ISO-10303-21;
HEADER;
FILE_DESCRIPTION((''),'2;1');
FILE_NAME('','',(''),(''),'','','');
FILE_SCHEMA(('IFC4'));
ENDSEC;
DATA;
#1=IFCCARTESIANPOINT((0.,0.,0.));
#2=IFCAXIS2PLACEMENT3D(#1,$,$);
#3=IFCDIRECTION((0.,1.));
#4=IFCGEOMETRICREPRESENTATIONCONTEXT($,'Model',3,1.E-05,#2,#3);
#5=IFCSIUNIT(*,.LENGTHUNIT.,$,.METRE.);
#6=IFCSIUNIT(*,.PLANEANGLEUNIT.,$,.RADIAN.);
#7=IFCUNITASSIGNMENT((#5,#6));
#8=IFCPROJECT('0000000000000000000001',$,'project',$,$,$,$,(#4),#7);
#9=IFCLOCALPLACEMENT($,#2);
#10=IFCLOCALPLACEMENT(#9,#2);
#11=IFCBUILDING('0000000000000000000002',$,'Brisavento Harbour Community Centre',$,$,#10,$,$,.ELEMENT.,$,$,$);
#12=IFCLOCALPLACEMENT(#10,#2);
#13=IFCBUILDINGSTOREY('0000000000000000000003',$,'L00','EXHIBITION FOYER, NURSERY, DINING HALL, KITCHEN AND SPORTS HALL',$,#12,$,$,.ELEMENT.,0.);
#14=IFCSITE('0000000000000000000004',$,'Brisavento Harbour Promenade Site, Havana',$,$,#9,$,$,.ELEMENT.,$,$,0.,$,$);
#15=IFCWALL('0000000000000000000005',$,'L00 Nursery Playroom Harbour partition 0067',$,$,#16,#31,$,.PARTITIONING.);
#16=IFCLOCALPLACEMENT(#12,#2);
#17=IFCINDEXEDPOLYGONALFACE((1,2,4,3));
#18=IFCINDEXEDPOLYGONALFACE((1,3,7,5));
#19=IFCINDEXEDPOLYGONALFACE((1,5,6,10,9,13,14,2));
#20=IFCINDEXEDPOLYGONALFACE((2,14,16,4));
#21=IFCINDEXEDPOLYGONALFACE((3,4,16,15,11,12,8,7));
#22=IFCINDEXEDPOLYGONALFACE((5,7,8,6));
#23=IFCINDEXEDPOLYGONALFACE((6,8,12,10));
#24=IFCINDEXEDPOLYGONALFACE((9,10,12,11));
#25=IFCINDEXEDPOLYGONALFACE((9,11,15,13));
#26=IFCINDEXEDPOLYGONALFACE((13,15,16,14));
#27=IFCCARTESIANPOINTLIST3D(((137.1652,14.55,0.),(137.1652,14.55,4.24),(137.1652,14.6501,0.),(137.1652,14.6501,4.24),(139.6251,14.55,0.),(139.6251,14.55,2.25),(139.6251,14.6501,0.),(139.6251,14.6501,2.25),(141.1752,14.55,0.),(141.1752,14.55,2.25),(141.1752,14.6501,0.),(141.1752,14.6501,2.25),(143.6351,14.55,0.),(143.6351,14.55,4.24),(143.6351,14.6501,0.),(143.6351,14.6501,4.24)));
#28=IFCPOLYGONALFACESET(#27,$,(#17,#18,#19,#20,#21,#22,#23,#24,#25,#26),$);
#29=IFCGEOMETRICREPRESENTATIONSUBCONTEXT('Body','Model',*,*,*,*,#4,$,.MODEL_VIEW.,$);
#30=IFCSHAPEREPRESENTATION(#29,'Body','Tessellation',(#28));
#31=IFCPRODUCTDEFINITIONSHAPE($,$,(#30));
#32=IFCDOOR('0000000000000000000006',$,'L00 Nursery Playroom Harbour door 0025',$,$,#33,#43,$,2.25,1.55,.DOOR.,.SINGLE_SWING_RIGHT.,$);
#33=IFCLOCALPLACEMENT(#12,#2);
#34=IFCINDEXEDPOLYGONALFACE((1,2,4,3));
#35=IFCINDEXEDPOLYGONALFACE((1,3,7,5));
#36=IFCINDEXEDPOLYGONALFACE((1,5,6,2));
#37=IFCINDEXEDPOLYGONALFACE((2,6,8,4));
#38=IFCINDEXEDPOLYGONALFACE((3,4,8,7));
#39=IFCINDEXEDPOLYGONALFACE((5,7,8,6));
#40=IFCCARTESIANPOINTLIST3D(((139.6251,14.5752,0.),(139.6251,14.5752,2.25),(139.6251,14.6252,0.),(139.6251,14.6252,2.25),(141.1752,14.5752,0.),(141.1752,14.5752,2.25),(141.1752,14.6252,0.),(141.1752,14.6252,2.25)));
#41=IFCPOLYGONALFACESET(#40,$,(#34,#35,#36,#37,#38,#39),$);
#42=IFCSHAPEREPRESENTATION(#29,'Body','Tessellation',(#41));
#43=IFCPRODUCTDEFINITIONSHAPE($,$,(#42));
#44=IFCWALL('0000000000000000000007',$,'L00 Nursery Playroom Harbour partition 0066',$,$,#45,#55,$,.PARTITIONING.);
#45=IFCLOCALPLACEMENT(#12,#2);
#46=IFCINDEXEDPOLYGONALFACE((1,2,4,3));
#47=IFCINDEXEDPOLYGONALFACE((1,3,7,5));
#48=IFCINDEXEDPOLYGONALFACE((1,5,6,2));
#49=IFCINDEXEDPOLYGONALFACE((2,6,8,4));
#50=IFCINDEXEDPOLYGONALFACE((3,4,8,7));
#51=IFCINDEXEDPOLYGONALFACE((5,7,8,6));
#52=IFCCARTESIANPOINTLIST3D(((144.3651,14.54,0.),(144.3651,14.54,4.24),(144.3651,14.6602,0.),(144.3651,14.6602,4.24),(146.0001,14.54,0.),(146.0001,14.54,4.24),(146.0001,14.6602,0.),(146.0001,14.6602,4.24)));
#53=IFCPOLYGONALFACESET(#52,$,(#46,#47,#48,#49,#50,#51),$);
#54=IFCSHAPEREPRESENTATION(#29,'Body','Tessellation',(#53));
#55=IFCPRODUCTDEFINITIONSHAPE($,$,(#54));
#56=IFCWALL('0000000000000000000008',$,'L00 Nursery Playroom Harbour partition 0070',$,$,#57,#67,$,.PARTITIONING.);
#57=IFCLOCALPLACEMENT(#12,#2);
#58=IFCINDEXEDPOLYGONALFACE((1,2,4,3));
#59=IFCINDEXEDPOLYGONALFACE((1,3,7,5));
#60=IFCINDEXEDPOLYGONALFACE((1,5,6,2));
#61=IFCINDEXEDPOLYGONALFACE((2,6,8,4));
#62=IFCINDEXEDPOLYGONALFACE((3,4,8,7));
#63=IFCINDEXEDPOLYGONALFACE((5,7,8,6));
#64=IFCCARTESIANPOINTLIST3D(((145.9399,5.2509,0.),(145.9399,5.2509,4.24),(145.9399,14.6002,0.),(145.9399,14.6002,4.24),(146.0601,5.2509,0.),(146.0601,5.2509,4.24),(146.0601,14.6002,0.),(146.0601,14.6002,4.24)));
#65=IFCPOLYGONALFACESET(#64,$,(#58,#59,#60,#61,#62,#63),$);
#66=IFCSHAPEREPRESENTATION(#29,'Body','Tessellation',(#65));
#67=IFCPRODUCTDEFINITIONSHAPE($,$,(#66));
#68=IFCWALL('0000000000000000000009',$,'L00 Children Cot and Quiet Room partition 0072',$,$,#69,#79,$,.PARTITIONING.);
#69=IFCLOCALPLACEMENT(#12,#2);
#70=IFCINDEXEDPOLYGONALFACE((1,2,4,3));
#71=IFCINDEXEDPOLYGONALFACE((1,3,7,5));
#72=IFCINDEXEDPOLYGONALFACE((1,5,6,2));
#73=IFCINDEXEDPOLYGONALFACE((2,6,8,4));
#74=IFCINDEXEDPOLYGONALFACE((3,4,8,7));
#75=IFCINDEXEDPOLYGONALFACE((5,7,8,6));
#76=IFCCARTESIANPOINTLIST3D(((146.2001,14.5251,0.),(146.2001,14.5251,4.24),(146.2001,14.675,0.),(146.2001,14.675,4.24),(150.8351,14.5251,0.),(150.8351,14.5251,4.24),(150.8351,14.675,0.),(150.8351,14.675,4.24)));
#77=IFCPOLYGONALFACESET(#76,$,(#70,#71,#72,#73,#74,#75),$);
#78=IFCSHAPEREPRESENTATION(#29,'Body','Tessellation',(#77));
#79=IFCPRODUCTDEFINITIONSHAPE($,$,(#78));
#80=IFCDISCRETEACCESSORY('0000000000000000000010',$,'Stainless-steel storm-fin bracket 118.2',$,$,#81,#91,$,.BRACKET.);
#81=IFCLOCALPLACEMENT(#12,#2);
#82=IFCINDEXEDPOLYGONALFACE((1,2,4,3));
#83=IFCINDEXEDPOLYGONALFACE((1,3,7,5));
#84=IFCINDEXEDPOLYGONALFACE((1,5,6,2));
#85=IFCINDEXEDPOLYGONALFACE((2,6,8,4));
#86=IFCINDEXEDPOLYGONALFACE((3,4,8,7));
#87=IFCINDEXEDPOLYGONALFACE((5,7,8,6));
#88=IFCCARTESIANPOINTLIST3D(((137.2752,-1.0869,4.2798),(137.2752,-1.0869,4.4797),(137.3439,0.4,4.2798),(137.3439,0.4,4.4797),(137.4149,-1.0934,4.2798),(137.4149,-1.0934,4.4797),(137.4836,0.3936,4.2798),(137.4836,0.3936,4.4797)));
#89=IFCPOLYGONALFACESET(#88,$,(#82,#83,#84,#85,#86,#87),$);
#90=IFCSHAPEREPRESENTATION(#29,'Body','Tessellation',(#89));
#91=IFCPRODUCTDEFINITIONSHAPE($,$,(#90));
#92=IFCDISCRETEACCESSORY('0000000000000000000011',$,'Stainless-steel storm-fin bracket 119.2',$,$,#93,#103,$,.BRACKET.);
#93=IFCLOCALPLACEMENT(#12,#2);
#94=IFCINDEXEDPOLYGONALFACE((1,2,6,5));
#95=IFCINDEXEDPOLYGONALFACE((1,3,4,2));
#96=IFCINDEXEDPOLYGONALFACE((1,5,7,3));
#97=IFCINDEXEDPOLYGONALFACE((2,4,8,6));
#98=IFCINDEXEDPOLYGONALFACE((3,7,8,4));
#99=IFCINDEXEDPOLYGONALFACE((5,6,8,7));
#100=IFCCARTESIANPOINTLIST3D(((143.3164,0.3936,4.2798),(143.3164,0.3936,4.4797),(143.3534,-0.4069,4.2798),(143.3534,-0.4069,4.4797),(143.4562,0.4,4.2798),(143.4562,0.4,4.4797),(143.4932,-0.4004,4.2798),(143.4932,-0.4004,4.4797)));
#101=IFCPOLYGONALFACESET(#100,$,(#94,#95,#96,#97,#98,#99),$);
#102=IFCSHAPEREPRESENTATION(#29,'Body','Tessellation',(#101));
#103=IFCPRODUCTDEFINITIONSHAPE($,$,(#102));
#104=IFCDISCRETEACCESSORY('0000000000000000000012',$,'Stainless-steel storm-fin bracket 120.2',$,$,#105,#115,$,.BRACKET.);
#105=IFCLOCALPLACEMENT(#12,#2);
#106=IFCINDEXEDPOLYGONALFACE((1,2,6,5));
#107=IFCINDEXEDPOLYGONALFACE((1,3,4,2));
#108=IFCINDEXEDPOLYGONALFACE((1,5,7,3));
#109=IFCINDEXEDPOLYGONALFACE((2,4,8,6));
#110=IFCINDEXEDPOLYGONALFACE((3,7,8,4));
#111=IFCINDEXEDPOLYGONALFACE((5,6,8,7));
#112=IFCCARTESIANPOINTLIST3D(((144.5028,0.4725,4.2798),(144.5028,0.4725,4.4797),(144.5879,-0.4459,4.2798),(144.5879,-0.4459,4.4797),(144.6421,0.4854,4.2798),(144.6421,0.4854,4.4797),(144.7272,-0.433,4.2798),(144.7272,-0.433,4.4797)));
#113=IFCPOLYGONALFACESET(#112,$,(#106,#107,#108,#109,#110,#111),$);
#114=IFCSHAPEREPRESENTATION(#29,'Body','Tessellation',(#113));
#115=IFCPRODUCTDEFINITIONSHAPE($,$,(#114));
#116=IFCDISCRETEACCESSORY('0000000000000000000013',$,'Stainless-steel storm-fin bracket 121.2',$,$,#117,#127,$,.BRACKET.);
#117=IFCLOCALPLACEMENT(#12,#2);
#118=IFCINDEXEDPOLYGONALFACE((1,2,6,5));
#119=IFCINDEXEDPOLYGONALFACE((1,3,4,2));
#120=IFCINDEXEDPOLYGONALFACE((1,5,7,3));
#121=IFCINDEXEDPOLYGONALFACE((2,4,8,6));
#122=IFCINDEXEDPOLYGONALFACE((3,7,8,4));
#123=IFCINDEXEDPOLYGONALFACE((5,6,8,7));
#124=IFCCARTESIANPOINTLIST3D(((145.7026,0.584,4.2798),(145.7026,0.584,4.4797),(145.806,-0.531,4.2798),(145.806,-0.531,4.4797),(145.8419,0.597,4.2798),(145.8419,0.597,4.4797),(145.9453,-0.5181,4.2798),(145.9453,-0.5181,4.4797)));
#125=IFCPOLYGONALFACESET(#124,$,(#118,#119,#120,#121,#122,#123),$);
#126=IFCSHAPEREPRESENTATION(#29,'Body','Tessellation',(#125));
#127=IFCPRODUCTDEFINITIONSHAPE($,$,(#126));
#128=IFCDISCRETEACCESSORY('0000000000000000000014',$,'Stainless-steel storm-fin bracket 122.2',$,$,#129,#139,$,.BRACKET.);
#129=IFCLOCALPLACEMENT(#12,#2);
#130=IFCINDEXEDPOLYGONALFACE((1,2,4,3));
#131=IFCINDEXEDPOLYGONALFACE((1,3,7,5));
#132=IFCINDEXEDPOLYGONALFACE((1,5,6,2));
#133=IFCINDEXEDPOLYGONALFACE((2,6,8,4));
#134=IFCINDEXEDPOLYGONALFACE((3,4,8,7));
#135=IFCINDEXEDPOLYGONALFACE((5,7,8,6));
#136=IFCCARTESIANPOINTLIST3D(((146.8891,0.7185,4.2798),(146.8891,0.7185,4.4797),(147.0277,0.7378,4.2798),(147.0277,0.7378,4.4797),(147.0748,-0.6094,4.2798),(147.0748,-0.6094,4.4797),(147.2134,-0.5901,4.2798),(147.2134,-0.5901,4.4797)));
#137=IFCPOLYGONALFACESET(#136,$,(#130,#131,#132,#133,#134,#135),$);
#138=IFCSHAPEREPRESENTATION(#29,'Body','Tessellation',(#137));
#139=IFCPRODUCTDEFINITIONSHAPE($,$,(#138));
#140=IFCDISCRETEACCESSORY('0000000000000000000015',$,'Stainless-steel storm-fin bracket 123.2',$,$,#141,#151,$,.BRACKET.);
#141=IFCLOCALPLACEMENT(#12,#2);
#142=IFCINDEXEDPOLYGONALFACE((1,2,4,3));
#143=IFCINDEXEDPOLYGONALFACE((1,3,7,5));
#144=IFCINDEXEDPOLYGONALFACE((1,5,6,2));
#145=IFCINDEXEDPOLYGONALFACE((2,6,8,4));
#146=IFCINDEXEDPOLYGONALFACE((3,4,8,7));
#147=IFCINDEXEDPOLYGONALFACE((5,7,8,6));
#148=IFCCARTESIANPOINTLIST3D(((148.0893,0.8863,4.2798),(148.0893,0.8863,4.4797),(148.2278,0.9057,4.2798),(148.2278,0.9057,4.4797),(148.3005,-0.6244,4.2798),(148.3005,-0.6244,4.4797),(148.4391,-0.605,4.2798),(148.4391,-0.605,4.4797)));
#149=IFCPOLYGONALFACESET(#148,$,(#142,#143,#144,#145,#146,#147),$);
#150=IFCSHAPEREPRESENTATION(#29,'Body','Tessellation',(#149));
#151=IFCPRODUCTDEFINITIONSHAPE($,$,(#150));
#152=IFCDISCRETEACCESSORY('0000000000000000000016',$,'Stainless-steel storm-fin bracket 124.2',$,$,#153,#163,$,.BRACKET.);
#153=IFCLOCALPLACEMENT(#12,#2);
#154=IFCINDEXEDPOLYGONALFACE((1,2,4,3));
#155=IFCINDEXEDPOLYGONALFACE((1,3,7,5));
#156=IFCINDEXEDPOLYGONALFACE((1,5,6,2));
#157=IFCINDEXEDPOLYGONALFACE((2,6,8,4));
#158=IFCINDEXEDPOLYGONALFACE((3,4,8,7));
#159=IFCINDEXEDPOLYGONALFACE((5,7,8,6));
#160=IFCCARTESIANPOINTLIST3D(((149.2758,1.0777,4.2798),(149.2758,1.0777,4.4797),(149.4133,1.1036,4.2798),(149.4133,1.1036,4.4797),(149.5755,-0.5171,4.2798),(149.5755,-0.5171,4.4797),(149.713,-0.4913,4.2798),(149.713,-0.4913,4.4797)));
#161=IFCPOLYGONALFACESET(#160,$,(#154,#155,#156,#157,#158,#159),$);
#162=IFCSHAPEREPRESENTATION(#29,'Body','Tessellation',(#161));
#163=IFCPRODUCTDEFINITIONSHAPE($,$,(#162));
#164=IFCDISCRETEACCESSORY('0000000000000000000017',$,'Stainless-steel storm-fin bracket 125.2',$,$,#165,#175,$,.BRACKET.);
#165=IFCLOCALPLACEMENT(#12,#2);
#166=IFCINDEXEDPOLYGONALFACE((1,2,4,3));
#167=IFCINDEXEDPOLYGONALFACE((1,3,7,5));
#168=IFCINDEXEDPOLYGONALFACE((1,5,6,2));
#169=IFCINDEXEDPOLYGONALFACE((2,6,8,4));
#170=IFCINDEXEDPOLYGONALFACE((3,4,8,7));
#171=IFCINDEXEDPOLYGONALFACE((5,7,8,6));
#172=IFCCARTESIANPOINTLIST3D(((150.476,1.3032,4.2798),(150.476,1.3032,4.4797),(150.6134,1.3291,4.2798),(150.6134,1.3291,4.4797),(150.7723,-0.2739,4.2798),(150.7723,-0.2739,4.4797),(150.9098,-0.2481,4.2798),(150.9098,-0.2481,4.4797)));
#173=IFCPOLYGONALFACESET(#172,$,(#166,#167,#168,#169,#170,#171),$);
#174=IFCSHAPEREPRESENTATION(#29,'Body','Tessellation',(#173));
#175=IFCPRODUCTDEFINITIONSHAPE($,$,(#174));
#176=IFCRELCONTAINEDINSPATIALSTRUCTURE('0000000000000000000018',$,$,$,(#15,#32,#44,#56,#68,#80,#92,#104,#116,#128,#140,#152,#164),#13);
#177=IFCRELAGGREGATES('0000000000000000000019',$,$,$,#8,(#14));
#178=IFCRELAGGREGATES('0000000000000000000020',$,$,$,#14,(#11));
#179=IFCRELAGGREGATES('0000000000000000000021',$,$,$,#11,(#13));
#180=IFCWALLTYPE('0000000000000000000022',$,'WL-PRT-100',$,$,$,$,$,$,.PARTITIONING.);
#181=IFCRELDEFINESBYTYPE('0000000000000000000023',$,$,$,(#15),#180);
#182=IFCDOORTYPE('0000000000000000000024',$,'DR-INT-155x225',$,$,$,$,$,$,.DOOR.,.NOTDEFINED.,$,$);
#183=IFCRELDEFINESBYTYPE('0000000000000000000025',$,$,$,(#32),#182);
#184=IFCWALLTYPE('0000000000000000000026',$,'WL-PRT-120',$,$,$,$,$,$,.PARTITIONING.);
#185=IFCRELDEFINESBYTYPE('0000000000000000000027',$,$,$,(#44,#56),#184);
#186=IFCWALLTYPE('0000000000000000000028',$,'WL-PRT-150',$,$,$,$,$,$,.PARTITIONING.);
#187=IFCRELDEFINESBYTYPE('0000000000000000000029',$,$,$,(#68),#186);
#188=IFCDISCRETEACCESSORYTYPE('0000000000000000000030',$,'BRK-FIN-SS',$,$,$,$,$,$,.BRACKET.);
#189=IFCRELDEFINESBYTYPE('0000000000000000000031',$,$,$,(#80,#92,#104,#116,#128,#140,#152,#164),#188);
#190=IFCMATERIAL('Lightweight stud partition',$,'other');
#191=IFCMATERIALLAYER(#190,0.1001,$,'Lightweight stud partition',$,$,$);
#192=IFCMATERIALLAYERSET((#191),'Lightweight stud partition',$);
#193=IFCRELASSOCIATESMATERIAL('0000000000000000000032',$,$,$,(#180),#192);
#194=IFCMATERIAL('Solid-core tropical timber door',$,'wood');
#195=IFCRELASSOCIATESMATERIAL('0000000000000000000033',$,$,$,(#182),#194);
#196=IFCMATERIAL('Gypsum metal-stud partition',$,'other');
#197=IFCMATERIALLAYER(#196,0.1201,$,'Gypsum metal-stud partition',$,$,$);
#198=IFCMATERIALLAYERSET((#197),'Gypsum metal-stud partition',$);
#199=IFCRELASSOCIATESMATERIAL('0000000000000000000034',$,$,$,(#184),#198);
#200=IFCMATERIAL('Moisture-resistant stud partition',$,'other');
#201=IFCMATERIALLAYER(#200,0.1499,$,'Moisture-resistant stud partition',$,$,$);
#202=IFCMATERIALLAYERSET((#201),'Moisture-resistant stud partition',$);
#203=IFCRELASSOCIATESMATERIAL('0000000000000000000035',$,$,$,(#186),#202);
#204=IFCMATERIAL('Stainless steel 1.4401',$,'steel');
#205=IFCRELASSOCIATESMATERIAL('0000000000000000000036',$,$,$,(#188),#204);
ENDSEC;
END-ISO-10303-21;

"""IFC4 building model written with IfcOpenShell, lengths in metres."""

from ifc_helpers import new_model, si_unit, direction, frame, frame_2d, origin, origin_2d, place, context, subcontext, project, spatial, rectangle, extrude, material, layer, layer_set, type_object, element, fill, save


model = new_model("IFC4")

# Units and contexts
model_context = context("Model", 3, precision=1e-05, world=origin(), true_north=direction((0.0, 1.0)))
body_context = subcontext(model_context, "Body", "Model", "MODEL_VIEW")
ifc_project = project(units=[si_unit("LENGTHUNIT", "METRE"), si_unit("PLANEANGLEUNIT", "RADIAN")], contexts=[model_context])

# Site, building, storey
site_placement = place(None, origin())
site = spatial("IfcSite", under=ifc_project, at=site_placement, Name="Brisavento Harbour Promenade Site, Havana", CompositionType="ELEMENT", RefElevation=0.0)
building_placement = place(site_placement, origin())
building = spatial("IfcBuilding", under=site, at=building_placement, Name="Brisavento Harbour Community Centre", CompositionType="ELEMENT")
storey_placement = place(building_placement, origin())
storey = spatial("IfcBuildingStorey", under=building, at=storey_placement, Name="L00", Description="EXHIBITION FOYER, NURSERY, DINING HALL, KITCHEN AND SPORTS HALL", CompositionType="ELEMENT", Elevation=0.0)

# Wall, opening, door
ifc_material_1 = material(Name="Lightweight stud partition", Category="other")
ifc_layer_1 = layer(ifc_material_1, 0.1001, Name="Lightweight stud partition")
ifc_layer_set_1 = layer_set([ifc_layer_1], Name="Lightweight stud partition")
wall_type_1 = type_object("IfcWallType", Name="WL-PRT-100", PredefinedType="PARTITIONING", material=ifc_layer_set_1)
wall_1_placement = place(storey_placement, frame((143.635, 14.6001, 0.0), z_axis=(0.0, 0.0, 1.0), x_axis=(-1.0, 0.0, 0.0)))
wall_1 = element("IfcWall", 1, at=wall_1_placement, inside=storey, type_object=wall_type_1, Name="L00 Nursery Playroom Harbour partition 0067", PredefinedType="PARTITIONING", context=body_context, shape_type="SweptSolid", body=[
    extrude(rectangle(XDim=6.47, YDim=0.1001, at=frame_2d((3.2349, 0.0))), origin(), (0.0, 0.0, 1.0), 4.24),
])
opening_placement = place(wall_1_placement, frame((2.46, 0.0, 0.0)))
opening = element("IfcOpeningElement", 2, at=opening_placement, cuts=wall_1, PredefinedType="OPENING", context=body_context, shape_type="SweptSolid", body=[
    extrude(rectangle(XDim=1.55, YDim=2.25, at=frame_2d((0.7749, 1.125))), frame((0.0, 0.0601, 0.0), z_axis=(0.0, -1.0, 0.0), x_axis=(1.0, 0.0, 0.0)), (0.0, 0.0, 1.0), 0.1201),
])
ifc_material_2 = material(Name="Solid-core tropical timber door", Category="wood")
door_type = type_object("IfcDoorType", Name="DR-INT-155x225", OperationType="NOTDEFINED", PredefinedType="DOOR", material=ifc_material_2)
door_placement = place(opening_placement, origin())
door = element("IfcDoor", 3, at=door_placement, inside=storey, type_object=door_type, Name="L00 Nursery Playroom Harbour door 0025", OperationType="SINGLE_SWING_RIGHT", OverallHeight=2.25, OverallWidth=1.55, PredefinedType="DOOR", context=body_context, shape_type="SweptSolid", body=[
    extrude(rectangle(XDim=1.55, YDim=2.25, at=frame_2d((0.7749, 1.125))), frame((0.0, 0.0249, 0.0), z_axis=(0.0, -1.0, 0.0), x_axis=(1.0, 0.0, 0.0)), (0.0, 0.0, 1.0), 0.05),
])
fill(opening, door)

# Walls
ifc_material_3 = material(Name="Gypsum metal-stud partition", Category="other")
ifc_layer_2 = layer(ifc_material_3, 0.1201, Name="Gypsum metal-stud partition")
ifc_layer_set_2 = layer_set([ifc_layer_2], Name="Gypsum metal-stud partition")
wall_type_2 = type_object("IfcWallType", Name="WL-PRT-120", PredefinedType="PARTITIONING", material=ifc_layer_set_2)
wall_2_placement = place(storey_placement, frame((146.0, 14.6001, 0.0), z_axis=(0.0, 0.0, 1.0), x_axis=(-1.0, 0.0, 0.0)))
element("IfcWall", 4, at=wall_2_placement, inside=storey, type_object=wall_type_2, Name="L00 Nursery Playroom Harbour partition 0066", PredefinedType="PARTITIONING", context=body_context, shape_type="SweptSolid", body=[
    extrude(rectangle(XDim=1.635, YDim=0.1201, at=frame_2d((0.8174, 0.0))), origin(), (0.0, 0.0, 1.0), 4.24),
])
wall_3_placement = place(storey_placement, frame((146.0, 5.2507, 0.0), z_axis=(0.0, 0.0, 1.0), x_axis=(0.0, 1.0, 0.0)))
element("IfcWall", 5, at=wall_3_placement, inside=storey, type_object=wall_type_2, Name="L00 Nursery Playroom Harbour partition 0070", PredefinedType="PARTITIONING", context=body_context, shape_type="SweptSolid", body=[
    extrude(rectangle(XDim=9.3494, YDim=0.1201, at=frame_2d((4.6748, 0.0))), origin(), (0.0, 0.0, 1.0), 4.24),
])
ifc_material_4 = material(Name="Moisture-resistant stud partition", Category="other")
ifc_layer_3 = layer(ifc_material_4, 0.1499, Name="Moisture-resistant stud partition")
ifc_layer_set_3 = layer_set([ifc_layer_3], Name="Moisture-resistant stud partition")
wall_type_3 = type_object("IfcWallType", Name="WL-PRT-150", PredefinedType="PARTITIONING", material=ifc_layer_set_3)
wall_4_placement = place(storey_placement, frame((150.835, 14.6001, 0.0), z_axis=(0.0, 0.0, 1.0), x_axis=(-1.0, 0.0, 0.0)))
element("IfcWall", 6, at=wall_4_placement, inside=storey, type_object=wall_type_3, Name="L00 Children Cot and Quiet Room partition 0072", PredefinedType="PARTITIONING", context=body_context, shape_type="SweptSolid", body=[
    extrude(rectangle(XDim=4.635, YDim=0.1499, at=frame_2d((2.3174, 0.0))), origin(), (0.0, 0.0, 1.0), 4.24),
])

# Discrete accessories
ifc_material_5 = material(Name="Stainless steel 1.4401", Category="steel")
discrete_accessory_type = type_object("IfcDiscreteAccessoryType", Name="BRK-FIN-SS", PredefinedType="BRACKET", material=ifc_material_5)
discrete_accessory_1_placement = place(storey_placement, frame((137.3794, -0.3467, 4.2798), z_axis=(0.0, 0.0, 1.0), x_axis=(-0.046165, -0.998934, 0.0)))
element("IfcDiscreteAccessory", 7, at=discrete_accessory_1_placement, inside=storey, type_object=discrete_accessory_type, Name="Stainless-steel storm-fin bracket 118.2", PredefinedType="BRACKET", context=body_context, shape_type="SweptSolid", body=[
    extrude(rectangle(XDim=1.4885, YDim=0.1399, at=origin_2d()), origin(), (0.0, 0.0, 1.0), 0.2),
])
discrete_accessory_2_placement = place(storey_placement, frame((143.4048, -0.0034, 4.2798), z_axis=(0.0, 0.0, 1.0), x_axis=(0.046165, -0.998934, 0.0)))
element("IfcDiscreteAccessory", 8, at=discrete_accessory_2_placement, inside=storey, type_object=discrete_accessory_type, Name="Stainless-steel storm-fin bracket 119.2", PredefinedType="BRACKET", context=body_context, shape_type="SweptSolid", body=[
    extrude(rectangle(XDim=0.8013, YDim=0.1399, at=origin_2d()), origin(), (0.0, 0.0, 1.0), 0.2),
])
discrete_accessory_3_placement = place(storey_placement, frame((144.615, 0.0198, 4.2798), z_axis=(0.0, 0.0, 1.0), x_axis=(0.092336, -0.995728, 0.0)))
element("IfcDiscreteAccessory", 9, at=discrete_accessory_3_placement, inside=storey, type_object=discrete_accessory_type, Name="Stainless-steel storm-fin bracket 120.2", PredefinedType="BRACKET", context=body_context, shape_type="SweptSolid", body=[
    extrude(rectangle(XDim=0.9224, YDim=0.1399, at=origin_2d()), origin(), (0.0, 0.0, 1.0), 0.2),
])
discrete_accessory_4_placement = place(storey_placement, frame((145.824, 0.033, 4.2798), z_axis=(0.0, 0.0, 1.0), x_axis=(0.092336, -0.995728, 0.0)))
element("IfcDiscreteAccessory", 10, at=discrete_accessory_4_placement, inside=storey, type_object=discrete_accessory_type, Name="Stainless-steel storm-fin bracket 121.2", PredefinedType="BRACKET", context=body_context, shape_type="SweptSolid", body=[
    extrude(rectangle(XDim=1.1199, YDim=0.1399, at=origin_2d()), origin(), (0.0, 0.0, 1.0), 0.2),
])
discrete_accessory_5_placement = place(storey_placement, frame((147.0513, 0.0642, 4.2798), z_axis=(0.0, 0.0, 1.0), x_axis=(0.138499, -0.990363, 0.0)))
element("IfcDiscreteAccessory", 11, at=discrete_accessory_5_placement, inside=storey, type_object=discrete_accessory_type, Name="Stainless-steel storm-fin bracket 122.2", PredefinedType="BRACKET", context=body_context, shape_type="SweptSolid", body=[
    extrude(rectangle(XDim=1.3408, YDim=0.1399, at=origin_2d()), origin(), (0.0, 0.0, 1.0), 0.2),
])
discrete_accessory_6_placement = place(storey_placement, frame((148.2642, 0.1406, 4.2798), z_axis=(0.0, 0.0, 1.0), x_axis=(0.138499, -0.990363, 0.0)))
element("IfcDiscreteAccessory", 12, at=discrete_accessory_6_placement, inside=storey, type_object=discrete_accessory_type, Name="Stainless-steel storm-fin bracket 123.2", PredefinedType="BRACKET", context=body_context, shape_type="SweptSolid", body=[
    extrude(rectangle(XDim=1.5254, YDim=0.1399, at=origin_2d()), origin(), (0.0, 0.0, 1.0), 0.2),
])
discrete_accessory_7_placement = place(storey_placement, frame((149.4944, 0.2932, 4.2798), z_axis=(0.0, 0.0, 1.0), x_axis=(0.184672, -0.9828, 0.0)))
element("IfcDiscreteAccessory", 13, at=discrete_accessory_7_placement, inside=storey, type_object=discrete_accessory_type, Name="Stainless-steel storm-fin bracket 124.2", PredefinedType="BRACKET", context=body_context, shape_type="SweptSolid", body=[
    extrude(rectangle(XDim=1.6228, YDim=0.1399, at=origin_2d()), origin(), (0.0, 0.0, 1.0), 0.2),
])
discrete_accessory_8_placement = place(storey_placement, frame((150.6929, 0.5276, 4.2798), z_axis=(0.0, 0.0, 1.0), x_axis=(0.184672, -0.9828, 0.0)))
element("IfcDiscreteAccessory", 14, at=discrete_accessory_8_placement, inside=storey, type_object=discrete_accessory_type, Name="Stainless-steel storm-fin bracket 125.2", PredefinedType="BRACKET", context=body_context, shape_type="SweptSolid", body=[
    extrude(rectangle(XDim=1.6047, YDim=0.1399, at=origin_2d()), origin(), (0.0, 0.0, 1.0), 0.2),
])

save(model, "model.ifc")
